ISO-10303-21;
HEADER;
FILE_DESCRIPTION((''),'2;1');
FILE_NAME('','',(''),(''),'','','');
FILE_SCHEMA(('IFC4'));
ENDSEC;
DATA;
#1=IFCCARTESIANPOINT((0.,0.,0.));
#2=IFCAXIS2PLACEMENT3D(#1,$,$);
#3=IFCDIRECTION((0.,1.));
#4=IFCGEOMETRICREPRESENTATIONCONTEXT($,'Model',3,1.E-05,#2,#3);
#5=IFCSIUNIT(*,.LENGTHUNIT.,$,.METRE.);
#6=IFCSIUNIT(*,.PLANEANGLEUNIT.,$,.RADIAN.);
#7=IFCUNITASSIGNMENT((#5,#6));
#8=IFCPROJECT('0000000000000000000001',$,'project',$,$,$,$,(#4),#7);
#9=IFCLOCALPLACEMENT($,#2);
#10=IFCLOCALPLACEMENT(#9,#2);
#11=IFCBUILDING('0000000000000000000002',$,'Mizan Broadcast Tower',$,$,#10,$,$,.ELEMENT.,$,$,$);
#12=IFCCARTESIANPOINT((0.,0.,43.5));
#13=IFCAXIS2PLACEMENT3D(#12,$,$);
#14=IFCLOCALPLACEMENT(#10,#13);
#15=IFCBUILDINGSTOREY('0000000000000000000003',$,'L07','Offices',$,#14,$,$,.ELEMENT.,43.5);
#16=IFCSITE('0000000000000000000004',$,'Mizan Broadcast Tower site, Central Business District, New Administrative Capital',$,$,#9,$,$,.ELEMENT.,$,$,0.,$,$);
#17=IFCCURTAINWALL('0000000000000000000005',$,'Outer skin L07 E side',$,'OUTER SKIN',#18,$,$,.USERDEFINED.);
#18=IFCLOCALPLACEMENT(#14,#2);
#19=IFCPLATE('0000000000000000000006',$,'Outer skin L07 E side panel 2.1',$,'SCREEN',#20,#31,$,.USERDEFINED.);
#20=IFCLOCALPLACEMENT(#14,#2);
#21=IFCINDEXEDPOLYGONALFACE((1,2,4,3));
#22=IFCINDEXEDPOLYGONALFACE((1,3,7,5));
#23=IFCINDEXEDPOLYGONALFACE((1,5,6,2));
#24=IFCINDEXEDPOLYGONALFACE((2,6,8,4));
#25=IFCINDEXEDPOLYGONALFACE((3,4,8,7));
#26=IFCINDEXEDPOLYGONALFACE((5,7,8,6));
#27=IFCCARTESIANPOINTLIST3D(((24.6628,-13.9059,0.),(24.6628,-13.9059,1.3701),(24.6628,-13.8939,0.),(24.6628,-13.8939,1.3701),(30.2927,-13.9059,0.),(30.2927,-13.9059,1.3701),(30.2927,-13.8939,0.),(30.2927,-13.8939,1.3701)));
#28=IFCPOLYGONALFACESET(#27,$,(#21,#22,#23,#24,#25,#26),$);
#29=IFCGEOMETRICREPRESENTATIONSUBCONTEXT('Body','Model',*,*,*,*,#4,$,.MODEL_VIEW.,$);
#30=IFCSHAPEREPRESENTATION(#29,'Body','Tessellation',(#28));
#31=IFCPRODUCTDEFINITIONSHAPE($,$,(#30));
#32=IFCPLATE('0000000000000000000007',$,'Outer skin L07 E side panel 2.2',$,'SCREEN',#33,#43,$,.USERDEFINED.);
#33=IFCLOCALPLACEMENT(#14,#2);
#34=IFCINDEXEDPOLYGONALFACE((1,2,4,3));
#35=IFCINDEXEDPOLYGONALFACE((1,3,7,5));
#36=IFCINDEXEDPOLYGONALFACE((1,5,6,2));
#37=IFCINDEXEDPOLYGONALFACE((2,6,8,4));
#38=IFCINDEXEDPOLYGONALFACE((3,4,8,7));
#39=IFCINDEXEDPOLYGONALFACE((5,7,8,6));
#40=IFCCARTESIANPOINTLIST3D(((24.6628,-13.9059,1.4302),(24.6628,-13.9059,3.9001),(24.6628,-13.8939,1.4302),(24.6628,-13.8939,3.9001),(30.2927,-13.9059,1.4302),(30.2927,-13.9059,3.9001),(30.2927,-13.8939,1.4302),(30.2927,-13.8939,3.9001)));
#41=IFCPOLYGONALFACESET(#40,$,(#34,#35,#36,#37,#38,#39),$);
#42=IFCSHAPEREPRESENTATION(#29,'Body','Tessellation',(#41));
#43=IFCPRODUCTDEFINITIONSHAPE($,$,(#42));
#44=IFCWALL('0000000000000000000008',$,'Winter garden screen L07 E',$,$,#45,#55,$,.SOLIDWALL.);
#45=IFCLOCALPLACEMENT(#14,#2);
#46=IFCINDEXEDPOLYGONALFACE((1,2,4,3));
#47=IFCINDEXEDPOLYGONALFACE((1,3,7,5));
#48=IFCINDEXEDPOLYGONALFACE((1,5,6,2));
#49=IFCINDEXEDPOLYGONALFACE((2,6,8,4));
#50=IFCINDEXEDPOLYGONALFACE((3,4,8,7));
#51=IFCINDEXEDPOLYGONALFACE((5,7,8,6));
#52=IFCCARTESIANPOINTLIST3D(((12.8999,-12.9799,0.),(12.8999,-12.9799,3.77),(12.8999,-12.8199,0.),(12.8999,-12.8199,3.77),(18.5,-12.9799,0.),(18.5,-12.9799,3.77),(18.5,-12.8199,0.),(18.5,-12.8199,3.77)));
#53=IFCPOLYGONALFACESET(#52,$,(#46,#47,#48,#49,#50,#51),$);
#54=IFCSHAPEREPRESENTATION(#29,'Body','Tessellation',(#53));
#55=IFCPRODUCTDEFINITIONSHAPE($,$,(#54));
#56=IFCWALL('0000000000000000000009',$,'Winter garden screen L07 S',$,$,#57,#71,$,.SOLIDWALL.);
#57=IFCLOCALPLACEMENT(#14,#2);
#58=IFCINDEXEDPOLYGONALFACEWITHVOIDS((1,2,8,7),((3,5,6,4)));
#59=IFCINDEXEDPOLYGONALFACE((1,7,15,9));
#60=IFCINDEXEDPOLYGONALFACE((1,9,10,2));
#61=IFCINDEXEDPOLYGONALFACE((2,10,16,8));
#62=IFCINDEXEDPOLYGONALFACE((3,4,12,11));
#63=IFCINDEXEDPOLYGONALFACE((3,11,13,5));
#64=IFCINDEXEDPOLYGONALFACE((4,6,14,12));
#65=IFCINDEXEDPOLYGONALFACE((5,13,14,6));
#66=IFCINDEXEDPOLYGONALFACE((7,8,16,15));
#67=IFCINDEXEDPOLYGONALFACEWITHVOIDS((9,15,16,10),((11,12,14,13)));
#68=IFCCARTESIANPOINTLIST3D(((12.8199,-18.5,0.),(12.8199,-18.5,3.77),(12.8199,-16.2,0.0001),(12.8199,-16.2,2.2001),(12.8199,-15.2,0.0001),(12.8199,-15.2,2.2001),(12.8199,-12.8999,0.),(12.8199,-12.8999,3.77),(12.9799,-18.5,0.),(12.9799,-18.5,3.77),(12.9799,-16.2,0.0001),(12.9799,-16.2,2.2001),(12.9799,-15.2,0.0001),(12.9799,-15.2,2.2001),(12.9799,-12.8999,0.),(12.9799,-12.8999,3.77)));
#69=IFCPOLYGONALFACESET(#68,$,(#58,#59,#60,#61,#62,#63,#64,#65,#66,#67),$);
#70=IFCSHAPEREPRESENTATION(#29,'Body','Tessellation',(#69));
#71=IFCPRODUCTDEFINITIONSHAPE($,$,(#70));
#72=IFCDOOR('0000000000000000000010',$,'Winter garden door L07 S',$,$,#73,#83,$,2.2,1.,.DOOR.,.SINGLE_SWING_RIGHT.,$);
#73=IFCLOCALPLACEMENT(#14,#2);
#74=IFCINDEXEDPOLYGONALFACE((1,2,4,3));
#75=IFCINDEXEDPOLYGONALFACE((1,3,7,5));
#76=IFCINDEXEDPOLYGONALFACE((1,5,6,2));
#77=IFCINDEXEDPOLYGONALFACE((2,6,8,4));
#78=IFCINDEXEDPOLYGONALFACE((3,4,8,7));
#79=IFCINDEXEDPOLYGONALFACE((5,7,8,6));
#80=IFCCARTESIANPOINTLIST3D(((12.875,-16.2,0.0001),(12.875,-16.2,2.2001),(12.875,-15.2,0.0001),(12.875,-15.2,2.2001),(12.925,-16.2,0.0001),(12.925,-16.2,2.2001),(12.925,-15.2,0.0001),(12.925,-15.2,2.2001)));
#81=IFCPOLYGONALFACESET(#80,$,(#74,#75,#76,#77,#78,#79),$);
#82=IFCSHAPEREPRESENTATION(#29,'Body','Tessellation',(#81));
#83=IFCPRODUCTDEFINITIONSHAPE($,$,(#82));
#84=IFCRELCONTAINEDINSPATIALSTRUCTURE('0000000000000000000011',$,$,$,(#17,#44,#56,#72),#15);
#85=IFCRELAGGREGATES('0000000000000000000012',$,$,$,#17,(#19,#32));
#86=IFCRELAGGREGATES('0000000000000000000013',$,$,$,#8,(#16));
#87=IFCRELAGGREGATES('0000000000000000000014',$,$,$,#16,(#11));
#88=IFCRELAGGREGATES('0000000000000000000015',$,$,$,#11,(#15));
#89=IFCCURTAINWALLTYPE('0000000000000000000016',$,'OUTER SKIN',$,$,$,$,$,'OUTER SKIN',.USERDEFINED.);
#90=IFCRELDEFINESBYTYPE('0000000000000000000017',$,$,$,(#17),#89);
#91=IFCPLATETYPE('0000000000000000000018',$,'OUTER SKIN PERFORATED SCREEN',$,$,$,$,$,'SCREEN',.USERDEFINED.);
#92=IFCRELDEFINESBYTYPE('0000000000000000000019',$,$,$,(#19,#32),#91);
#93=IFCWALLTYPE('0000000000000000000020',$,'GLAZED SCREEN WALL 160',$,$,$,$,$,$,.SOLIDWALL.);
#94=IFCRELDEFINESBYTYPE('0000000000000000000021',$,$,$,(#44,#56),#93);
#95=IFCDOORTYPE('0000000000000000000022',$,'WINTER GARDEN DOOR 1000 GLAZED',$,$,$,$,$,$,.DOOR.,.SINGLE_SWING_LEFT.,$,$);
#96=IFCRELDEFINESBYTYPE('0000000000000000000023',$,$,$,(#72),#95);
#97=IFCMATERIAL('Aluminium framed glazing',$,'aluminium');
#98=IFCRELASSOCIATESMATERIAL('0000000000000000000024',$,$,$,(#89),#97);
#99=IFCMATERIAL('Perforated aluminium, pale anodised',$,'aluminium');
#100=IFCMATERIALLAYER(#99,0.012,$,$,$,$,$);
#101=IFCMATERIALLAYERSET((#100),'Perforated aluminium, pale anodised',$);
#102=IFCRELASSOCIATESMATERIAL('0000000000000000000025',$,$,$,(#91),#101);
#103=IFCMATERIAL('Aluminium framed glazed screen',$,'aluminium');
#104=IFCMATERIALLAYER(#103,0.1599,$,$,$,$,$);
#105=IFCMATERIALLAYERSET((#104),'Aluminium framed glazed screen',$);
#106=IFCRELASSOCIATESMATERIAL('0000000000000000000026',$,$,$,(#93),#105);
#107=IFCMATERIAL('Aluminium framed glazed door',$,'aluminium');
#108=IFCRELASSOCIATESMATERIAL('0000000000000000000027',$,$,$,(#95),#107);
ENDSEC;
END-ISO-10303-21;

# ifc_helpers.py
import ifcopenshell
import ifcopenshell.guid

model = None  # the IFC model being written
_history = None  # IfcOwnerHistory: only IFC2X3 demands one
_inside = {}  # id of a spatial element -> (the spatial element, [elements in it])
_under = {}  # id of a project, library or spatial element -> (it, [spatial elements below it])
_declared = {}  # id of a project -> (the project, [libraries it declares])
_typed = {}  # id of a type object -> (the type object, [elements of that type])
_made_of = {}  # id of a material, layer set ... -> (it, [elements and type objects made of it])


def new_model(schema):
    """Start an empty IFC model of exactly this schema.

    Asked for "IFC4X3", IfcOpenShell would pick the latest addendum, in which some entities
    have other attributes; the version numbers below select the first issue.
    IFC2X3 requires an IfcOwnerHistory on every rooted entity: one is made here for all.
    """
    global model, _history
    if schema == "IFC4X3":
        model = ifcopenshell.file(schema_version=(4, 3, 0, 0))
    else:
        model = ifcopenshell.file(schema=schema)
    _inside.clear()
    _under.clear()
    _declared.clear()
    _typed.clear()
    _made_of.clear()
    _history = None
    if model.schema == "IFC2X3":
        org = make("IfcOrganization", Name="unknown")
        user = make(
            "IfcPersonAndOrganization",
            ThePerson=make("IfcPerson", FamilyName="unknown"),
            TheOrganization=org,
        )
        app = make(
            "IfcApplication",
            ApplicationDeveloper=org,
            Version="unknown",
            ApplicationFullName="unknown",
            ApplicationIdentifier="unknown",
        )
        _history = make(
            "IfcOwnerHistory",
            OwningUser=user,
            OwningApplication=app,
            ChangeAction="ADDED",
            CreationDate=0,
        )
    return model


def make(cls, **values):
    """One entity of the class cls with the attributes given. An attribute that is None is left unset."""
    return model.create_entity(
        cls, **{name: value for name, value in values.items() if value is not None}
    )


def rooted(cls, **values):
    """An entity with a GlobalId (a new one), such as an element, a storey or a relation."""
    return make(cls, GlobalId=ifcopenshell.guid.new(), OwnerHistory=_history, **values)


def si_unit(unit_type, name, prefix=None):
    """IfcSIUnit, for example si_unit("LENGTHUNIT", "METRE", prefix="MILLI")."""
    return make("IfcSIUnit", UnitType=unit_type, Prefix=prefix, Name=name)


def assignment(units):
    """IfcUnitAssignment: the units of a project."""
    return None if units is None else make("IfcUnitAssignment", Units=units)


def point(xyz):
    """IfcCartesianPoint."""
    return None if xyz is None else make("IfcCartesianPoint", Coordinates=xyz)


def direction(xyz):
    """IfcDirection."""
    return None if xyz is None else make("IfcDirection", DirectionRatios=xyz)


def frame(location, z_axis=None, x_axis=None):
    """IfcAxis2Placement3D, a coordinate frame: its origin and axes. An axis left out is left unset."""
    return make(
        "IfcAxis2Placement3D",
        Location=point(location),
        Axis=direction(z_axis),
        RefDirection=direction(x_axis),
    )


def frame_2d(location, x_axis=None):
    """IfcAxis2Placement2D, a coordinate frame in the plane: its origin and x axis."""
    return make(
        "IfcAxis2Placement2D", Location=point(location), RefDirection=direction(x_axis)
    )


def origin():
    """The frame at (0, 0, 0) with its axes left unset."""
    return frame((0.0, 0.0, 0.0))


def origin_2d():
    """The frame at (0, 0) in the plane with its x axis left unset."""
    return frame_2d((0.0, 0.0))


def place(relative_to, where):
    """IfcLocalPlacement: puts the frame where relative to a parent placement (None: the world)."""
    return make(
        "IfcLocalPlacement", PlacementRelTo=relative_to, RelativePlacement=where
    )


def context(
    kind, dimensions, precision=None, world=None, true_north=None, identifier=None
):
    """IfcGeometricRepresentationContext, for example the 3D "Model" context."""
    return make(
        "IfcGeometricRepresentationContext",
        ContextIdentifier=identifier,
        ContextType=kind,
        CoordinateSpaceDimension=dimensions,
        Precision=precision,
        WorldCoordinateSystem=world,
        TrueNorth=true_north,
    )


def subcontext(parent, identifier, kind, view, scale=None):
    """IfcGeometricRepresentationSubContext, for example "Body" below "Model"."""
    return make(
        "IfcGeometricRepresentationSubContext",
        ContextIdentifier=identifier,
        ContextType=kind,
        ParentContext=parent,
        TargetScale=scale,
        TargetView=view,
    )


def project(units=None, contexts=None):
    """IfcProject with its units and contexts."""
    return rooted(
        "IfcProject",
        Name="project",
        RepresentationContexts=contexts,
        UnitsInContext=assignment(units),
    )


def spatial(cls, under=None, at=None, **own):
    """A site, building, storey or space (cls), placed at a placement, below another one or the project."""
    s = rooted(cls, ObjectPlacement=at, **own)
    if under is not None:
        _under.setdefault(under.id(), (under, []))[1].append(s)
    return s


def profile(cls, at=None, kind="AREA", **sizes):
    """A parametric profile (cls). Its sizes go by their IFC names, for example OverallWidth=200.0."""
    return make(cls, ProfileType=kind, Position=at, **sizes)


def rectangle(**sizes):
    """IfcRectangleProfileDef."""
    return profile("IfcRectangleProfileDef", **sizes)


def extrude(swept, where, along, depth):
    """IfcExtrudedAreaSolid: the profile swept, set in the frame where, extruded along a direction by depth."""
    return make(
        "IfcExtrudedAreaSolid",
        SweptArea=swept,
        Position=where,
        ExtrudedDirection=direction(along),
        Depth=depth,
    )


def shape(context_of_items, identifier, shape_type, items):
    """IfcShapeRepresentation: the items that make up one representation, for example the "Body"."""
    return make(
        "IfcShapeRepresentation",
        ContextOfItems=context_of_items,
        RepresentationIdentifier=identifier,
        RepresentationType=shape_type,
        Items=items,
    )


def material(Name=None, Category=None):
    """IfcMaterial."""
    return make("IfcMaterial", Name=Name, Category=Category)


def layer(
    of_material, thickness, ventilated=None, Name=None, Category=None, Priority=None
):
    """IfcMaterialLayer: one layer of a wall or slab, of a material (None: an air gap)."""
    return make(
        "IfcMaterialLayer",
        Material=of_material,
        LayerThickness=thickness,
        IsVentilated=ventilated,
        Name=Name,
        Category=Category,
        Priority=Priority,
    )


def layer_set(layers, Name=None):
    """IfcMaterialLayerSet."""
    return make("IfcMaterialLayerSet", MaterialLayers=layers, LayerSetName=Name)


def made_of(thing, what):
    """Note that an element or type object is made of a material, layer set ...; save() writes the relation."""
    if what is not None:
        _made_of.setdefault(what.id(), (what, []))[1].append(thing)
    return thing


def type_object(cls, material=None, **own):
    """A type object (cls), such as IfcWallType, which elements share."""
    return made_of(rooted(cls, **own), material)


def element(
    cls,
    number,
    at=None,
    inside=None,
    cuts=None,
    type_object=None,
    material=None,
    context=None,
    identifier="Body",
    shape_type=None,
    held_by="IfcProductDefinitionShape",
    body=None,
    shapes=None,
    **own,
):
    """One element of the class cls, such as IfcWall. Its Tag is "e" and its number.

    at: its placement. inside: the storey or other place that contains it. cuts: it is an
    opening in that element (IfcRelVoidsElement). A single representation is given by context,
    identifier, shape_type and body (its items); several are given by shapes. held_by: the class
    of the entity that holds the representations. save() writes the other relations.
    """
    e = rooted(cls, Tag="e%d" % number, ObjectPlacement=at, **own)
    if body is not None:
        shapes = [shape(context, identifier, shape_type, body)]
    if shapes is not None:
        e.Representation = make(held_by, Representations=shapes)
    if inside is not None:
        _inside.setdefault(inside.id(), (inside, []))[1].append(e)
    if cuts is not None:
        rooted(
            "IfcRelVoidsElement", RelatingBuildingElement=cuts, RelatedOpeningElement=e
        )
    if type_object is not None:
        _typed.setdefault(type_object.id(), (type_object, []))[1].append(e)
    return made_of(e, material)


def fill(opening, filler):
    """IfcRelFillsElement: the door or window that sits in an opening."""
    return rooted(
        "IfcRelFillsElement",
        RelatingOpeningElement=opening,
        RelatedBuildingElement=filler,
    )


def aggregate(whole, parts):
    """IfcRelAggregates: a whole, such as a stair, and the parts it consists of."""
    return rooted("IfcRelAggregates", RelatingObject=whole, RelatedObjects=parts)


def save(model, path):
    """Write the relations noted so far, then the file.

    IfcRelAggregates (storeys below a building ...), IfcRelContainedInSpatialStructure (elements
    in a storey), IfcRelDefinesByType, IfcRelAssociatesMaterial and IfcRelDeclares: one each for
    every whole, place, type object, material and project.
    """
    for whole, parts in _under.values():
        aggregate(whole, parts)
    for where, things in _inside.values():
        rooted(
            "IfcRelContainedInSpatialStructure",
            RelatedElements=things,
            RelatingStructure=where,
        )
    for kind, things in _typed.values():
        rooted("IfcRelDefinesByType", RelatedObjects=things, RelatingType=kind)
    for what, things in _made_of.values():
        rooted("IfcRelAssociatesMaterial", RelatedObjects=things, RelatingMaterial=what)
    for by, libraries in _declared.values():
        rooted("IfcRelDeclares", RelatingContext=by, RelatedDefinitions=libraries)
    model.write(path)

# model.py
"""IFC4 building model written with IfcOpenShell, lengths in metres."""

from ifc_helpers import new_model, si_unit, direction, frame, frame_2d, origin, origin_2d, place, context, subcontext, project, spatial, rectangle, extrude, material, layer, layer_set, type_object, element, fill, aggregate, save


model = new_model("IFC4")

# Units and contexts
model_context = context("Model", 3, precision=1e-05, world=origin(), true_north=direction((0.0, 1.0)))
body_context = subcontext(model_context, "Body", "Model", "MODEL_VIEW")
ifc_project = project(units=[si_unit("LENGTHUNIT", "METRE"), si_unit("PLANEANGLEUNIT", "RADIAN")], contexts=[model_context])

# Site, building, storey
site_placement = place(None, origin())
site = spatial("IfcSite", under=ifc_project, at=site_placement, Name="Mizan Broadcast Tower site, Central Business District, New Administrative Capital", CompositionType="ELEMENT", RefElevation=0.0)
building_placement = place(site_placement, origin())
building = spatial("IfcBuilding", under=site, at=building_placement, Name="Mizan Broadcast Tower", CompositionType="ELEMENT")
storey_placement = place(building_placement, frame((0.0, 0.0, 43.5)))
storey = spatial("IfcBuildingStorey", under=building, at=storey_placement, Name="L07", Description="Offices", CompositionType="ELEMENT", Elevation=43.5)

# Shared definitions
ifc_material_1 = material(Name="Aluminium framed glazing", Category="aluminium")
curtain_wall_type_1 = type_object("IfcCurtainWallType", Name="OUTER SKIN", ElementType="OUTER SKIN", PredefinedType="USERDEFINED", material=ifc_material_1)

# Curtain wall
curtain_wall_1_placement = place(storey_placement, origin())
curtain_wall_1 = element("IfcCurtainWall", 1, at=curtain_wall_1_placement, inside=storey, type_object=curtain_wall_type_1, Name="Outer skin L07 E side", ObjectType="OUTER SKIN", PredefinedType="USERDEFINED")

# Plates
ifc_material_2 = material(Name="Perforated aluminium, pale anodised", Category="aluminium")
ifc_layer_1 = layer(ifc_material_2, 0.012)
ifc_layer_set_1 = layer_set([ifc_layer_1], Name="Perforated aluminium, pale anodised")
plate_type_1 = type_object("IfcPlateType", Name="OUTER SKIN PERFORATED SCREEN", ElementType="SCREEN", PredefinedType="USERDEFINED", material=ifc_layer_set_1)
plate_1_placement = place(storey_placement, frame((27.4778, -13.8999, 0.0), z_axis=(0.0, 0.0, 1.0), x_axis=(1.0, 0.0, 0.0)))
plate_1 = element("IfcPlate", 2, at=plate_1_placement, type_object=plate_type_1, Name="Outer skin L07 E side panel 2.1", ObjectType="SCREEN", PredefinedType="USERDEFINED", context=body_context, shape_type="SweptSolid", body=[
    extrude(rectangle(XDim=5.6299, YDim=0.012, at=origin_2d()), origin(), (0.0, 0.0, 1.0), 1.3701),
])
plate_2_placement = place(storey_placement, frame((27.4778, -13.8999, 1.4302), z_axis=(0.0, 0.0, 1.0), x_axis=(1.0, 0.0, 0.0)))
plate_2 = element("IfcPlate", 3, at=plate_2_placement, type_object=plate_type_1, Name="Outer skin L07 E side panel 2.2", ObjectType="SCREEN", PredefinedType="USERDEFINED", context=body_context, shape_type="SweptSolid", body=[
    extrude(rectangle(XDim=5.6299, YDim=0.012, at=origin_2d()), origin(), (0.0, 0.0, 1.0), 2.47),
])
aggregate(curtain_wall_1, [plate_1, plate_2])

# Wall
ifc_material_3 = material(Name="Aluminium framed glazed screen", Category="aluminium")
ifc_layer_2 = layer(ifc_material_3, 0.1599)
ifc_layer_set_2 = layer_set([ifc_layer_2], Name="Aluminium framed glazed screen")
wall_type = type_object("IfcWallType", Name="GLAZED SCREEN WALL 160", PredefinedType="SOLIDWALL", material=ifc_layer_set_2)
wall_1_placement = place(storey_placement, frame((12.8999, -12.8999, 0.0), z_axis=(0.0, 0.0, 1.0), x_axis=(1.0, 0.0, 0.0)))
element("IfcWall", 4, at=wall_1_placement, inside=storey, type_object=wall_type, Name="Winter garden screen L07 E", PredefinedType="SOLIDWALL", context=body_context, shape_type="SweptSolid", body=[
    extrude(rectangle(XDim=5.6001, YDim=0.1599, at=frame_2d((2.8, 0.0))), origin(), (0.0, 0.0, 1.0), 3.77),
])

# Wall, opening, door
wall_2_placement = place(storey_placement, frame((12.8999, -18.5, 0.0), z_axis=(0.0, 0.0, 1.0), x_axis=(0.0, 1.0, 0.0)))
wall_2 = element("IfcWall", 5, at=wall_2_placement, inside=storey, type_object=wall_type, Name="Winter garden screen L07 S", PredefinedType="SOLIDWALL", context=body_context, shape_type="SweptSolid", body=[
    extrude(rectangle(XDim=5.6001, YDim=0.1599, at=frame_2d((2.8, 0.0))), origin(), (0.0, 0.0, 1.0), 3.77),
])
opening_placement = place(wall_2_placement, frame((2.3, 0.0, 0.0)))
opening = element("IfcOpeningElement", 6, at=opening_placement, cuts=wall_2, PredefinedType="OPENING", context=body_context, shape_type="SweptSolid", body=[
    extrude(rectangle(XDim=1.0, YDim=2.2, at=frame_2d((0.5, 1.1001))), frame((0.0, 0.0898, 0.0), z_axis=(0.0, -1.0, 0.0), x_axis=(1.0, 0.0, 0.0)), (0.0, 0.0, 1.0), 0.1799),
])
ifc_material_4 = material(Name="Aluminium framed glazed door", Category="aluminium")
door_type = type_object("IfcDoorType", Name="WINTER GARDEN DOOR 1000 GLAZED", OperationType="SINGLE_SWING_LEFT", PredefinedType="DOOR", material=ifc_material_4)
door_placement = place(opening_placement, origin())
door = element("IfcDoor", 7, at=door_placement, inside=storey, type_object=door_type, Name="Winter garden door L07 S", OperationType="SINGLE_SWING_RIGHT", OverallHeight=2.2, OverallWidth=1.0, PredefinedType="DOOR", context=body_context, shape_type="SweptSolid", body=[
    extrude(rectangle(XDim=1.0, YDim=2.2, at=frame_2d((0.5, 1.1001))), frame((0.0, 0.0249, 0.0), z_axis=(0.0, -1.0, 0.0), x_axis=(1.0, 0.0, 0.0)), (0.0, 0.0, 1.0), 0.05),
])
fill(opening, door)

save(model, "model.ifc")
